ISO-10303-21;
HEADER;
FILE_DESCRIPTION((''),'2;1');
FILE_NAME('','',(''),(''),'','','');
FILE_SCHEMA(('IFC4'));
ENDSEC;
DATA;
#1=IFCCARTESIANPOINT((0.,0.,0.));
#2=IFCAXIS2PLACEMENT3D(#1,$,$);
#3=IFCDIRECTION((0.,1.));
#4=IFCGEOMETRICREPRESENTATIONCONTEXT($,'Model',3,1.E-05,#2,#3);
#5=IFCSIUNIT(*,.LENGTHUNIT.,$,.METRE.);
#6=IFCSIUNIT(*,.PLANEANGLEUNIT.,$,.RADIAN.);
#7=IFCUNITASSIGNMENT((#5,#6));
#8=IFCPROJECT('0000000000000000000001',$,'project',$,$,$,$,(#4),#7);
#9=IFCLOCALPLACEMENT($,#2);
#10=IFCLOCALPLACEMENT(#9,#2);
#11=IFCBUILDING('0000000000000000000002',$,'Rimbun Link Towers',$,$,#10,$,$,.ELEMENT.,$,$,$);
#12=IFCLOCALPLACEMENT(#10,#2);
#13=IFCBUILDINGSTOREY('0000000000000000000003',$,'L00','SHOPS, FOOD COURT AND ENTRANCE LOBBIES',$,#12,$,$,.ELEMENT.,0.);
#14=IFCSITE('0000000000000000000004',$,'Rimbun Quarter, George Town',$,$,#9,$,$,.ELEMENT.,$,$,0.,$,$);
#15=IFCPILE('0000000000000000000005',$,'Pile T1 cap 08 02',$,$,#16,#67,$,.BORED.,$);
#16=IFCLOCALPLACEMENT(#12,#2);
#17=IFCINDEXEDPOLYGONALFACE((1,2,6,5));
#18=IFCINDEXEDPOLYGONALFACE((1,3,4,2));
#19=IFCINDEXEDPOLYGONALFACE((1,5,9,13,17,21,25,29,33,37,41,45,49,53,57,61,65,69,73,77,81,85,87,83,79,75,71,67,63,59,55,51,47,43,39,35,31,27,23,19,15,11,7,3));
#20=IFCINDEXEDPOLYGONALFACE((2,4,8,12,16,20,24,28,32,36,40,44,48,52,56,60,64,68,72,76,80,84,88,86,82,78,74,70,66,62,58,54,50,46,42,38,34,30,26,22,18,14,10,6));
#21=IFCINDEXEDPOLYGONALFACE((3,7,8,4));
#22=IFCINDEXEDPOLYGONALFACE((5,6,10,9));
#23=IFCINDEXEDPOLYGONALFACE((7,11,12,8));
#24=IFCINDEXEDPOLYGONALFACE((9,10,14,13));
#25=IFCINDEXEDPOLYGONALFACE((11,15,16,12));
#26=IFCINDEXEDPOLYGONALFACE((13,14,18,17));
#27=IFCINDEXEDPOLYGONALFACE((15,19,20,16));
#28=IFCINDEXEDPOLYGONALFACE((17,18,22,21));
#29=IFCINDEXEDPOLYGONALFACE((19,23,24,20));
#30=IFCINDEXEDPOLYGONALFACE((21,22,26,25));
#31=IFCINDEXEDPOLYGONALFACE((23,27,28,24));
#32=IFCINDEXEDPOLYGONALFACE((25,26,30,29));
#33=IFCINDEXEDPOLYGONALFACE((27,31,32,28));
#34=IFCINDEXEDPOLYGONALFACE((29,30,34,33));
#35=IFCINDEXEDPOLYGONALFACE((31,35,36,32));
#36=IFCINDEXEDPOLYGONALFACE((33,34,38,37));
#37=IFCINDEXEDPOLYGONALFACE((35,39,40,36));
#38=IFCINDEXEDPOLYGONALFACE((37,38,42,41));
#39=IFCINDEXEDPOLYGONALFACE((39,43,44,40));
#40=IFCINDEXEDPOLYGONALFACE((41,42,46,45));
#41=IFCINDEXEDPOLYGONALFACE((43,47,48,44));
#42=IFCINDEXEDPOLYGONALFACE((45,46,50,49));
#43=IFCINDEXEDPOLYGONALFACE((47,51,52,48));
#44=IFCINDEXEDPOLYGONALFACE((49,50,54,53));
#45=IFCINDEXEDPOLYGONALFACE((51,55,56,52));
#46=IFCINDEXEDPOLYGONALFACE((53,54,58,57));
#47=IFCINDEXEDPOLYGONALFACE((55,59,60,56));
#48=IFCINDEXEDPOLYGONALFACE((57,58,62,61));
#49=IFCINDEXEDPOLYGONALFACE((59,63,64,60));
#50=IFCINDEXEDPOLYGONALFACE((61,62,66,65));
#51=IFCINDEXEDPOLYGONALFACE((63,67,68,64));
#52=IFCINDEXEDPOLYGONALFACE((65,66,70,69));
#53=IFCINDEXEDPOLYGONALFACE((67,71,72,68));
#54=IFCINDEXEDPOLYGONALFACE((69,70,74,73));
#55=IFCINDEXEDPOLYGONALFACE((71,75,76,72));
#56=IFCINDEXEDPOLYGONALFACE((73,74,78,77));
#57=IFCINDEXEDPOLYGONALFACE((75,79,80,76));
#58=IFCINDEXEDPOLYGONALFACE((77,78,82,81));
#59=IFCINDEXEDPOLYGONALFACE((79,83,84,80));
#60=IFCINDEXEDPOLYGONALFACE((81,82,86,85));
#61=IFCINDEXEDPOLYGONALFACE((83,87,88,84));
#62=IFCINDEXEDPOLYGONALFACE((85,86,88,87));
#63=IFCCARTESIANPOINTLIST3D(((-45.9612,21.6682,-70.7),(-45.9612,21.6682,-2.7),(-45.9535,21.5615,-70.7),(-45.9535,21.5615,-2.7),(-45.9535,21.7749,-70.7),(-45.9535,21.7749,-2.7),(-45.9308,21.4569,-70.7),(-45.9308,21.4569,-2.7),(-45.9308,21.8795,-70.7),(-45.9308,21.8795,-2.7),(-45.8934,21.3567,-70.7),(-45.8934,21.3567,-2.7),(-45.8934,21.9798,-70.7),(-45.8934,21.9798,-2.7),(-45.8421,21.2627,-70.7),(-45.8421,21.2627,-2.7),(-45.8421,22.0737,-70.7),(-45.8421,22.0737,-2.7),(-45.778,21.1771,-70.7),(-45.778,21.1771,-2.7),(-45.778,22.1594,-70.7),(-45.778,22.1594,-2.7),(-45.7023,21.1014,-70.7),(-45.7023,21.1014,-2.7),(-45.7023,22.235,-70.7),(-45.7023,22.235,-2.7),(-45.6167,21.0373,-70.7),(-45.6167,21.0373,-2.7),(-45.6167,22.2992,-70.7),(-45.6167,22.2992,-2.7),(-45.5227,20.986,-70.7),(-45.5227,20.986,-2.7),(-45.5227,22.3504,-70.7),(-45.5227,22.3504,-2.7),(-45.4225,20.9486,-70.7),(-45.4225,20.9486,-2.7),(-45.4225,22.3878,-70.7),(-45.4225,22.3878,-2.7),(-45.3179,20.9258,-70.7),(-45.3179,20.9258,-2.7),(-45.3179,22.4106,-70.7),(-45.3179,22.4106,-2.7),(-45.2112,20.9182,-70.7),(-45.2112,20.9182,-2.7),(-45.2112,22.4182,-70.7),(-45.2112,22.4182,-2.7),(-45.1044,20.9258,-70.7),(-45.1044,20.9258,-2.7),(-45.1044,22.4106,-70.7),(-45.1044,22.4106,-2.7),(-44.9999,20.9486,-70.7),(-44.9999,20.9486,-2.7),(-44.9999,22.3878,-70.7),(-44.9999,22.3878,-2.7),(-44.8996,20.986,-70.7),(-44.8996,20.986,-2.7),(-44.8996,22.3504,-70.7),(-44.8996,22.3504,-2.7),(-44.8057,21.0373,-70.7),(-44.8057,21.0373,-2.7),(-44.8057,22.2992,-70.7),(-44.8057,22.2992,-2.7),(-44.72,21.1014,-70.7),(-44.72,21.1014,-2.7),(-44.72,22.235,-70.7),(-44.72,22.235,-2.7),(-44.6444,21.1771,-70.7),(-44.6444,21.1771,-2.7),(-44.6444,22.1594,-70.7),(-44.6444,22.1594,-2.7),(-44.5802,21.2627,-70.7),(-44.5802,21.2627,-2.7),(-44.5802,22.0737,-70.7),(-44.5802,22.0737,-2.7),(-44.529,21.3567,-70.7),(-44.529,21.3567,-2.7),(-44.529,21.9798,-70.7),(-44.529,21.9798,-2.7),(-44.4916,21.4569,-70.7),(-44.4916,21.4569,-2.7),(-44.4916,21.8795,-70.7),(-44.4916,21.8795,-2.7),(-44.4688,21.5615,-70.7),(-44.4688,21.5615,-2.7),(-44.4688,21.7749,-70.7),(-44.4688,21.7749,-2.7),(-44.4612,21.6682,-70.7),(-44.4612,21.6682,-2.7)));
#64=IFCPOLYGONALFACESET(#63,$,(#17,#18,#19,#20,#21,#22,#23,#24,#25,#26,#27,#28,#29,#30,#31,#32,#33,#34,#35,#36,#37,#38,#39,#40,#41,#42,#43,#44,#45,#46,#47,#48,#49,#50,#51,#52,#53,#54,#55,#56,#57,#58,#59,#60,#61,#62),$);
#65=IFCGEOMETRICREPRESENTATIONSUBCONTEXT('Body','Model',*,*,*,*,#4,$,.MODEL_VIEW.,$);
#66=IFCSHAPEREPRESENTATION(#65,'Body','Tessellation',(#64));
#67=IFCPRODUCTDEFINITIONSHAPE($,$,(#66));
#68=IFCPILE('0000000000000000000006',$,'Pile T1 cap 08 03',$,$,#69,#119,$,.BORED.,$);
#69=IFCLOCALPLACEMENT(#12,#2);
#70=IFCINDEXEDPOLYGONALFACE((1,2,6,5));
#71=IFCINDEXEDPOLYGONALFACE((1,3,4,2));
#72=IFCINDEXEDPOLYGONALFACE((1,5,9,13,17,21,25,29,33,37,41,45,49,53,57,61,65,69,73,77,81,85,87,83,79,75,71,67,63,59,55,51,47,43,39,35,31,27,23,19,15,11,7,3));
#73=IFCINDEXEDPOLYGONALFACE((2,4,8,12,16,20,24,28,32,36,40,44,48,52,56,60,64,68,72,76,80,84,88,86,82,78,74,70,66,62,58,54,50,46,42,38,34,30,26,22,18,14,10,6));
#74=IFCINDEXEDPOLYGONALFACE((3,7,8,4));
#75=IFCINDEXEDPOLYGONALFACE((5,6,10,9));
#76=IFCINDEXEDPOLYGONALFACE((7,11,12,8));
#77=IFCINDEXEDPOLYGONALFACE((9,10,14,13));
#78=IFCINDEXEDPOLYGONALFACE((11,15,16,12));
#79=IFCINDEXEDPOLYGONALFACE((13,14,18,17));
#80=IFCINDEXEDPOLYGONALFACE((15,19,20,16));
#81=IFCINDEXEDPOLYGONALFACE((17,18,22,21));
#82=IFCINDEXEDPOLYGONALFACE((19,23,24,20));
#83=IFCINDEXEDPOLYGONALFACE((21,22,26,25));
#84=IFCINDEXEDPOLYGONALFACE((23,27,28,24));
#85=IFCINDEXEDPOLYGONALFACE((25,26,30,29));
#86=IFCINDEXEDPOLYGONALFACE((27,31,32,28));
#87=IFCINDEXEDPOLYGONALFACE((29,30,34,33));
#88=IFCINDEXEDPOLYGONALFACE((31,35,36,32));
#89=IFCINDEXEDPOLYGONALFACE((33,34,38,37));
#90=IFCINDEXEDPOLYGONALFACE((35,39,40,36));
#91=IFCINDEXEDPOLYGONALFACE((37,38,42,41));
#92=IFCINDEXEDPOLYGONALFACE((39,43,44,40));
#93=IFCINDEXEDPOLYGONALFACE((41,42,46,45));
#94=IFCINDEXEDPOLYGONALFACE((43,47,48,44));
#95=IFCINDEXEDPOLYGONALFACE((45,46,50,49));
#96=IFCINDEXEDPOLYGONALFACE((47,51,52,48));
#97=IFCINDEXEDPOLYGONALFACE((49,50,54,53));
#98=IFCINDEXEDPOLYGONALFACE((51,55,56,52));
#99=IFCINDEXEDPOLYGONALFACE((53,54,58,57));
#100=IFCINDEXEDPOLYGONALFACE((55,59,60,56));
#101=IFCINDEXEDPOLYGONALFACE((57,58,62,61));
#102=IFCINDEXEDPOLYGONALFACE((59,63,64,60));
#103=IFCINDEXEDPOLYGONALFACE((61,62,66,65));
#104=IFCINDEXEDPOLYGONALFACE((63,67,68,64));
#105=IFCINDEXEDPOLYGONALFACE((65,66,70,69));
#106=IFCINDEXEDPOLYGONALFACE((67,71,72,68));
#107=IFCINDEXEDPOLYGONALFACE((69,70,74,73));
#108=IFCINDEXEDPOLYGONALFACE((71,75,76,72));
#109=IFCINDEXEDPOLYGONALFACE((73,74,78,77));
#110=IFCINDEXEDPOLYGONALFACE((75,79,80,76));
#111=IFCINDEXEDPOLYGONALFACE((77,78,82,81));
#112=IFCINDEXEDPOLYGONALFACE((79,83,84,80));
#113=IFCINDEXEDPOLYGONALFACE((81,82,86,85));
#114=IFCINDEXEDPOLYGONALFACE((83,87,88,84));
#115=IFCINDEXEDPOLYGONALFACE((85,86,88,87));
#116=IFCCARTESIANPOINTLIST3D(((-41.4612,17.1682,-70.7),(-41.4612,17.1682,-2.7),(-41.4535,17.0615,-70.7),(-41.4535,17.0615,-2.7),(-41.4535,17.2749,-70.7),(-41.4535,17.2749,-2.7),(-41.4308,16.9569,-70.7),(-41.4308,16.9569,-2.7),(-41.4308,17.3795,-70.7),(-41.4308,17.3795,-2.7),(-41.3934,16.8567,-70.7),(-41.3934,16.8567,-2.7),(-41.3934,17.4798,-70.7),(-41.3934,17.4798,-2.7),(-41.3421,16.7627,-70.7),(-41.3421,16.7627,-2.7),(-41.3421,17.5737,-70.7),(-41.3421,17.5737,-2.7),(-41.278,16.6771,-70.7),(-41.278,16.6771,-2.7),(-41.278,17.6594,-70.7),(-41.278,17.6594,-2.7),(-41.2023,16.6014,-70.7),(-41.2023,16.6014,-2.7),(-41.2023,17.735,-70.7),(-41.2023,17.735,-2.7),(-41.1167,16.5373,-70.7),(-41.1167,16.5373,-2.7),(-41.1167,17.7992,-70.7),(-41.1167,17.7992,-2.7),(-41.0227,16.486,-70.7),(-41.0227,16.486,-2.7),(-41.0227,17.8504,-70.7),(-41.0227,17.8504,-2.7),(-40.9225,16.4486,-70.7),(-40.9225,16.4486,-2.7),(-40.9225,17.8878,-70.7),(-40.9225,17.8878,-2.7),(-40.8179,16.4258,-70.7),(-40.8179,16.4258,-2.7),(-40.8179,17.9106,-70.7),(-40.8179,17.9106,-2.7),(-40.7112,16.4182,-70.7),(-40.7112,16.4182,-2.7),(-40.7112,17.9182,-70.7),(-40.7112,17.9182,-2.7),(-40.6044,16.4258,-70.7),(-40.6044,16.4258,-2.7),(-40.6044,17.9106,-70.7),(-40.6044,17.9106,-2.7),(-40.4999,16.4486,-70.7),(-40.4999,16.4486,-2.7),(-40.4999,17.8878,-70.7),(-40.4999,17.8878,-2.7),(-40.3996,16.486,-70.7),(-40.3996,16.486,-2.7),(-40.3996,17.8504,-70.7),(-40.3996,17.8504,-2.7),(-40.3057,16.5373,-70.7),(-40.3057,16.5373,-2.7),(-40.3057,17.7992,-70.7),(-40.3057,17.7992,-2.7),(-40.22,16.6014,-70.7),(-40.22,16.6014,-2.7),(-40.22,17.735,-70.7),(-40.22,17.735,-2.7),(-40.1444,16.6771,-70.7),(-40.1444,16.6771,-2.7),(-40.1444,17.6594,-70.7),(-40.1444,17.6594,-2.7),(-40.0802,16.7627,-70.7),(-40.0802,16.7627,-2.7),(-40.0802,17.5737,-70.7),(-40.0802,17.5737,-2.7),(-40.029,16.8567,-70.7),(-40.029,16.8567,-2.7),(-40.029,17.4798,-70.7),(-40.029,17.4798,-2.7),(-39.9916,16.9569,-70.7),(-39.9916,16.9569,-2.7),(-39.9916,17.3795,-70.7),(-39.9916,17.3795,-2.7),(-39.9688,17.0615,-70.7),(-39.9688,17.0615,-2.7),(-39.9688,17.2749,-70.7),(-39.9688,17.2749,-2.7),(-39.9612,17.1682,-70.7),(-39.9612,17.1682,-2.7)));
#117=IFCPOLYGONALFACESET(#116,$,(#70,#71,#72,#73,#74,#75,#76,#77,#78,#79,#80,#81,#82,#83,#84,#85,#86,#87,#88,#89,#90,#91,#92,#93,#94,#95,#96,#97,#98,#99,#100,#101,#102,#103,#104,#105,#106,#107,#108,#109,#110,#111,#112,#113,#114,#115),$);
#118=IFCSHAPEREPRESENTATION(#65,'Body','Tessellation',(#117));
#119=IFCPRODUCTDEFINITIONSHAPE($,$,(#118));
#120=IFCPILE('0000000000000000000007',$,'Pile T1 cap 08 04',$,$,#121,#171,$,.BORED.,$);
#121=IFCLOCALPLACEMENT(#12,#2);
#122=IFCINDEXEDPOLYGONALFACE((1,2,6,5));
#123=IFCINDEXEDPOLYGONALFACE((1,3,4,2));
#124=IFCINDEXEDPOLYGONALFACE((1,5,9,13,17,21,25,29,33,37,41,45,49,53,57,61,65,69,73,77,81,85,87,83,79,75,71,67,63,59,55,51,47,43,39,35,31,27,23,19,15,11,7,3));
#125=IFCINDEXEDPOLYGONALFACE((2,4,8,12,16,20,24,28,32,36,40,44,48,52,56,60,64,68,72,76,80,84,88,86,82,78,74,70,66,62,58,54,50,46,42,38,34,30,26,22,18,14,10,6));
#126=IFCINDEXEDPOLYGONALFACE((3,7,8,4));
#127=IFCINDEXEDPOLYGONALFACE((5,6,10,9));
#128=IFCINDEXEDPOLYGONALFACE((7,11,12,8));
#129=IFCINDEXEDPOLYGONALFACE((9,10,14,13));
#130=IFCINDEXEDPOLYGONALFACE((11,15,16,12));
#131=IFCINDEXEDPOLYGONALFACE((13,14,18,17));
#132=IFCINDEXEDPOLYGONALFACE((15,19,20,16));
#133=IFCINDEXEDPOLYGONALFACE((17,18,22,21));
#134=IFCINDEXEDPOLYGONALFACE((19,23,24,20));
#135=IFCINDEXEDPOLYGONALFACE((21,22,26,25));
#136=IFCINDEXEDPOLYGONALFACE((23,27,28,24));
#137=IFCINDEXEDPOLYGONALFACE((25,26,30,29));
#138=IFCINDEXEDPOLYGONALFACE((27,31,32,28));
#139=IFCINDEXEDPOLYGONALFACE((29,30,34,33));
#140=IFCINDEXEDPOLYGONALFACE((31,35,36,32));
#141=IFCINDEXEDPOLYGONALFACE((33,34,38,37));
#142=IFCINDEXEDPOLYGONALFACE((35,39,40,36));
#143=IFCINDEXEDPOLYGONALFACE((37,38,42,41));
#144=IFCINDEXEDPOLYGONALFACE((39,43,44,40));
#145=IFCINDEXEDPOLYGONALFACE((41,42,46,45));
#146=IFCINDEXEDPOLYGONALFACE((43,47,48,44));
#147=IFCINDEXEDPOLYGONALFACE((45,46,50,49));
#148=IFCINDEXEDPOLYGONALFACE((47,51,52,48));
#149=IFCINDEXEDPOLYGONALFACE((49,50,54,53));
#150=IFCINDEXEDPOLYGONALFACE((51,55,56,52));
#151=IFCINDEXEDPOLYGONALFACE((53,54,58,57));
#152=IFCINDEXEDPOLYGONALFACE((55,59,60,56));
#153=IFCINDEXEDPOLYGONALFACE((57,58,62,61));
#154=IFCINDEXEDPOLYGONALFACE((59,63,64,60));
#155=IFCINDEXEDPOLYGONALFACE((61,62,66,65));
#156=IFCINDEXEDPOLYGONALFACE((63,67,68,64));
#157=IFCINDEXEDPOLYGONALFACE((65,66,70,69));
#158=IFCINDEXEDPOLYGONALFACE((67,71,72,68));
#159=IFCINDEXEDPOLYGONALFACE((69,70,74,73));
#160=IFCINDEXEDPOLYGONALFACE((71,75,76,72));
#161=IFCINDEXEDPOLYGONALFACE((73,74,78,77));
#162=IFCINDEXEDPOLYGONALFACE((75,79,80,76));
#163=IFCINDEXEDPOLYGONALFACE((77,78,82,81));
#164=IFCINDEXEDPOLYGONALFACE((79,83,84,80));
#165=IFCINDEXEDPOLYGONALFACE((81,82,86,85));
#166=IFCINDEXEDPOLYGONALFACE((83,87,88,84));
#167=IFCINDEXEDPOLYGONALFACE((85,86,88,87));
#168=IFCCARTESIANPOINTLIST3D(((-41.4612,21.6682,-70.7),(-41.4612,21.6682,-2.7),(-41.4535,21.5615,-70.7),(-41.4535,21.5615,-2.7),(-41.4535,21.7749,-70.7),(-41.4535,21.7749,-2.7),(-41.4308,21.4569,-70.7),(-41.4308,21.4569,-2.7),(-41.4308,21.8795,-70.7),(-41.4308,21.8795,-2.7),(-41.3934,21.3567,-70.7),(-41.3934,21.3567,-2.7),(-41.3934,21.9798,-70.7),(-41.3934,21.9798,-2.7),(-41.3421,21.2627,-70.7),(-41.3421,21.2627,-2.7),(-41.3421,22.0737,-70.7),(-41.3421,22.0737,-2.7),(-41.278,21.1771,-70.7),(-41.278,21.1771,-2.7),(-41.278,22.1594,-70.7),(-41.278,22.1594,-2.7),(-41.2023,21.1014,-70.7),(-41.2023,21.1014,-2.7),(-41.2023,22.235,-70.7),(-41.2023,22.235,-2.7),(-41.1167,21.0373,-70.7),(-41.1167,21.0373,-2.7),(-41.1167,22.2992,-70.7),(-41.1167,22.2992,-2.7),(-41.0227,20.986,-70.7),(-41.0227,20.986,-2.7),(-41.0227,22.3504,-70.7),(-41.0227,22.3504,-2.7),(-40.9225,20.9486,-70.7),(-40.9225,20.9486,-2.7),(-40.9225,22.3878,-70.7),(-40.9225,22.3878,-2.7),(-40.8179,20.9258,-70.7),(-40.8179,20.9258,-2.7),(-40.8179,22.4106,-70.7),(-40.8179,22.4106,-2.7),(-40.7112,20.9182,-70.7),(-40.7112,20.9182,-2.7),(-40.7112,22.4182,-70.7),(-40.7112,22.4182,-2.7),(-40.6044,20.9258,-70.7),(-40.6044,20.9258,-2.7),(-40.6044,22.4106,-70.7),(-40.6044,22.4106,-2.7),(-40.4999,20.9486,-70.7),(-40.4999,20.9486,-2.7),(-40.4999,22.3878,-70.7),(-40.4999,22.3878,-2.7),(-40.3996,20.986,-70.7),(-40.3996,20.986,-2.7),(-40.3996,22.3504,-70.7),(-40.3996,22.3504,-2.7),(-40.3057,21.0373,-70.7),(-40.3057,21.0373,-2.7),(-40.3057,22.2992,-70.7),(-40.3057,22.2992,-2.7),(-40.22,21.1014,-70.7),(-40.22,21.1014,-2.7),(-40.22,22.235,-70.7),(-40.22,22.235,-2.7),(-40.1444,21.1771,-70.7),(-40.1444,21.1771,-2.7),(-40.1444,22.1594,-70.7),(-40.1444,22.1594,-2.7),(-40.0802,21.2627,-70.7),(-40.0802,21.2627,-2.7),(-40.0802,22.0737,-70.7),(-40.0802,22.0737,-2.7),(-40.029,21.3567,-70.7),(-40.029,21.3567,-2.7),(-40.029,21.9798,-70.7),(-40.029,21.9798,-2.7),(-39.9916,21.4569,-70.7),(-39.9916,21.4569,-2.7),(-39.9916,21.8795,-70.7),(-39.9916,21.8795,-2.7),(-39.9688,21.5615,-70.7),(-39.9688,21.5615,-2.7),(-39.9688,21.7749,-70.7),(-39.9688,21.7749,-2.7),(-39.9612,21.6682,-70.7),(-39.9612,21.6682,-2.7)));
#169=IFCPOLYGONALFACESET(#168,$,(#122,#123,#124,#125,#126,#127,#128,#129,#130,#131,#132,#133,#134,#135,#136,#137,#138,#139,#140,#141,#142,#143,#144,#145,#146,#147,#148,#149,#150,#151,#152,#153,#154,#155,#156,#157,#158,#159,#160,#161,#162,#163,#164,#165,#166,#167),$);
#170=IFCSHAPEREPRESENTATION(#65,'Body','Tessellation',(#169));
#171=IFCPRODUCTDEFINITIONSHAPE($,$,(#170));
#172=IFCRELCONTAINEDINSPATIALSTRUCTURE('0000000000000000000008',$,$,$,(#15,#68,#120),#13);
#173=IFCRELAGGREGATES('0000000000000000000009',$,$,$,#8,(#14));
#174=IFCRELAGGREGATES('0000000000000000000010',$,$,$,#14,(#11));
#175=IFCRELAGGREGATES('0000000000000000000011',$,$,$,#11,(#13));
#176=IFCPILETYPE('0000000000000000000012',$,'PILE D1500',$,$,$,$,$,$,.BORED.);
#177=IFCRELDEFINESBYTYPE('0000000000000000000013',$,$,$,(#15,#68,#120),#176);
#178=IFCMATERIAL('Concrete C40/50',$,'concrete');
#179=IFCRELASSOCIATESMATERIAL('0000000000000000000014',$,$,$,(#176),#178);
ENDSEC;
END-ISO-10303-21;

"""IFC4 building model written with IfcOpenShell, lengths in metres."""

from ifc_helpers import new_model, si_unit, direction, frame, origin, origin_2d, place, context, subcontext, project, spatial, circle, extrude, material, material_profile, profile_set, type_object, element, save


model = new_model("IFC4")

# Units and contexts
model_context = context("Model", 3, precision=1e-05, world=origin(), true_north=direction((0.0, 1.0)))
body_context = subcontext(model_context, "Body", "Model", "MODEL_VIEW")
ifc_project = project(units=[si_unit("LENGTHUNIT", "METRE"), si_unit("PLANEANGLEUNIT", "RADIAN")], contexts=[model_context])

# Site, building, storey
site_placement = place(None, origin())
site = spatial("IfcSite", under=ifc_project, at=site_placement, Name="Rimbun Quarter, George Town", CompositionType="ELEMENT", RefElevation=0.0)
building_placement = place(site_placement, origin())
building = spatial("IfcBuilding", under=site, at=building_placement, Name="Rimbun Link Towers", CompositionType="ELEMENT")
storey_placement = place(building_placement, origin())
storey = spatial("IfcBuildingStorey", under=building, at=storey_placement, Name="L00", Description="SHOPS, FOOD COURT AND ENTRANCE LOBBIES", CompositionType="ELEMENT", Elevation=0.0)

# Piles
ifc_material_1 = material(Name="Concrete C40/50", Category="concrete")
ifc_material_profile_1 = material_profile(ifc_material_1, circle(Radius=0.75, at=origin_2d()), Name="PILE D1500")
ifc_profile_set_1 = profile_set([ifc_material_profile_1], Name="Concrete C40/50")
pile_type_1 = type_object("IfcPileType", Name="PILE D1500", PredefinedType="BORED", material=ifc_profile_set_1)
for number, where, z_axis, x_axis, name in (
    (1, (-45.2112, 21.6682, -2.7), (0.0, 0.0, -1.0), (1.0, 0.0, 0.0), "Pile T1 cap 08 02"),
    (2, (-40.7112, 17.1682, -2.7), (0.0, 0.0, -1.0), (1.0, 0.0, 0.0), "Pile T1 cap 08 03"),
    (3, (-40.7112, 21.6682, -2.7), (0.0, 0.0, -1.0), (1.0, 0.0, 0.0), "Pile T1 cap 08 04"),
):
    element("IfcPile", number, at=place(storey_placement, frame(where, z_axis=z_axis, x_axis=x_axis)), inside=storey, type_object=pile_type_1, Name=name, PredefinedType="BORED", context=body_context, shape_type="SweptSolid", body=[
        extrude(circle(Radius=0.75, at=origin_2d()), origin(), (0.0, 0.0, 1.0), 68.0),
    ])

save(model, "model.ifc")
